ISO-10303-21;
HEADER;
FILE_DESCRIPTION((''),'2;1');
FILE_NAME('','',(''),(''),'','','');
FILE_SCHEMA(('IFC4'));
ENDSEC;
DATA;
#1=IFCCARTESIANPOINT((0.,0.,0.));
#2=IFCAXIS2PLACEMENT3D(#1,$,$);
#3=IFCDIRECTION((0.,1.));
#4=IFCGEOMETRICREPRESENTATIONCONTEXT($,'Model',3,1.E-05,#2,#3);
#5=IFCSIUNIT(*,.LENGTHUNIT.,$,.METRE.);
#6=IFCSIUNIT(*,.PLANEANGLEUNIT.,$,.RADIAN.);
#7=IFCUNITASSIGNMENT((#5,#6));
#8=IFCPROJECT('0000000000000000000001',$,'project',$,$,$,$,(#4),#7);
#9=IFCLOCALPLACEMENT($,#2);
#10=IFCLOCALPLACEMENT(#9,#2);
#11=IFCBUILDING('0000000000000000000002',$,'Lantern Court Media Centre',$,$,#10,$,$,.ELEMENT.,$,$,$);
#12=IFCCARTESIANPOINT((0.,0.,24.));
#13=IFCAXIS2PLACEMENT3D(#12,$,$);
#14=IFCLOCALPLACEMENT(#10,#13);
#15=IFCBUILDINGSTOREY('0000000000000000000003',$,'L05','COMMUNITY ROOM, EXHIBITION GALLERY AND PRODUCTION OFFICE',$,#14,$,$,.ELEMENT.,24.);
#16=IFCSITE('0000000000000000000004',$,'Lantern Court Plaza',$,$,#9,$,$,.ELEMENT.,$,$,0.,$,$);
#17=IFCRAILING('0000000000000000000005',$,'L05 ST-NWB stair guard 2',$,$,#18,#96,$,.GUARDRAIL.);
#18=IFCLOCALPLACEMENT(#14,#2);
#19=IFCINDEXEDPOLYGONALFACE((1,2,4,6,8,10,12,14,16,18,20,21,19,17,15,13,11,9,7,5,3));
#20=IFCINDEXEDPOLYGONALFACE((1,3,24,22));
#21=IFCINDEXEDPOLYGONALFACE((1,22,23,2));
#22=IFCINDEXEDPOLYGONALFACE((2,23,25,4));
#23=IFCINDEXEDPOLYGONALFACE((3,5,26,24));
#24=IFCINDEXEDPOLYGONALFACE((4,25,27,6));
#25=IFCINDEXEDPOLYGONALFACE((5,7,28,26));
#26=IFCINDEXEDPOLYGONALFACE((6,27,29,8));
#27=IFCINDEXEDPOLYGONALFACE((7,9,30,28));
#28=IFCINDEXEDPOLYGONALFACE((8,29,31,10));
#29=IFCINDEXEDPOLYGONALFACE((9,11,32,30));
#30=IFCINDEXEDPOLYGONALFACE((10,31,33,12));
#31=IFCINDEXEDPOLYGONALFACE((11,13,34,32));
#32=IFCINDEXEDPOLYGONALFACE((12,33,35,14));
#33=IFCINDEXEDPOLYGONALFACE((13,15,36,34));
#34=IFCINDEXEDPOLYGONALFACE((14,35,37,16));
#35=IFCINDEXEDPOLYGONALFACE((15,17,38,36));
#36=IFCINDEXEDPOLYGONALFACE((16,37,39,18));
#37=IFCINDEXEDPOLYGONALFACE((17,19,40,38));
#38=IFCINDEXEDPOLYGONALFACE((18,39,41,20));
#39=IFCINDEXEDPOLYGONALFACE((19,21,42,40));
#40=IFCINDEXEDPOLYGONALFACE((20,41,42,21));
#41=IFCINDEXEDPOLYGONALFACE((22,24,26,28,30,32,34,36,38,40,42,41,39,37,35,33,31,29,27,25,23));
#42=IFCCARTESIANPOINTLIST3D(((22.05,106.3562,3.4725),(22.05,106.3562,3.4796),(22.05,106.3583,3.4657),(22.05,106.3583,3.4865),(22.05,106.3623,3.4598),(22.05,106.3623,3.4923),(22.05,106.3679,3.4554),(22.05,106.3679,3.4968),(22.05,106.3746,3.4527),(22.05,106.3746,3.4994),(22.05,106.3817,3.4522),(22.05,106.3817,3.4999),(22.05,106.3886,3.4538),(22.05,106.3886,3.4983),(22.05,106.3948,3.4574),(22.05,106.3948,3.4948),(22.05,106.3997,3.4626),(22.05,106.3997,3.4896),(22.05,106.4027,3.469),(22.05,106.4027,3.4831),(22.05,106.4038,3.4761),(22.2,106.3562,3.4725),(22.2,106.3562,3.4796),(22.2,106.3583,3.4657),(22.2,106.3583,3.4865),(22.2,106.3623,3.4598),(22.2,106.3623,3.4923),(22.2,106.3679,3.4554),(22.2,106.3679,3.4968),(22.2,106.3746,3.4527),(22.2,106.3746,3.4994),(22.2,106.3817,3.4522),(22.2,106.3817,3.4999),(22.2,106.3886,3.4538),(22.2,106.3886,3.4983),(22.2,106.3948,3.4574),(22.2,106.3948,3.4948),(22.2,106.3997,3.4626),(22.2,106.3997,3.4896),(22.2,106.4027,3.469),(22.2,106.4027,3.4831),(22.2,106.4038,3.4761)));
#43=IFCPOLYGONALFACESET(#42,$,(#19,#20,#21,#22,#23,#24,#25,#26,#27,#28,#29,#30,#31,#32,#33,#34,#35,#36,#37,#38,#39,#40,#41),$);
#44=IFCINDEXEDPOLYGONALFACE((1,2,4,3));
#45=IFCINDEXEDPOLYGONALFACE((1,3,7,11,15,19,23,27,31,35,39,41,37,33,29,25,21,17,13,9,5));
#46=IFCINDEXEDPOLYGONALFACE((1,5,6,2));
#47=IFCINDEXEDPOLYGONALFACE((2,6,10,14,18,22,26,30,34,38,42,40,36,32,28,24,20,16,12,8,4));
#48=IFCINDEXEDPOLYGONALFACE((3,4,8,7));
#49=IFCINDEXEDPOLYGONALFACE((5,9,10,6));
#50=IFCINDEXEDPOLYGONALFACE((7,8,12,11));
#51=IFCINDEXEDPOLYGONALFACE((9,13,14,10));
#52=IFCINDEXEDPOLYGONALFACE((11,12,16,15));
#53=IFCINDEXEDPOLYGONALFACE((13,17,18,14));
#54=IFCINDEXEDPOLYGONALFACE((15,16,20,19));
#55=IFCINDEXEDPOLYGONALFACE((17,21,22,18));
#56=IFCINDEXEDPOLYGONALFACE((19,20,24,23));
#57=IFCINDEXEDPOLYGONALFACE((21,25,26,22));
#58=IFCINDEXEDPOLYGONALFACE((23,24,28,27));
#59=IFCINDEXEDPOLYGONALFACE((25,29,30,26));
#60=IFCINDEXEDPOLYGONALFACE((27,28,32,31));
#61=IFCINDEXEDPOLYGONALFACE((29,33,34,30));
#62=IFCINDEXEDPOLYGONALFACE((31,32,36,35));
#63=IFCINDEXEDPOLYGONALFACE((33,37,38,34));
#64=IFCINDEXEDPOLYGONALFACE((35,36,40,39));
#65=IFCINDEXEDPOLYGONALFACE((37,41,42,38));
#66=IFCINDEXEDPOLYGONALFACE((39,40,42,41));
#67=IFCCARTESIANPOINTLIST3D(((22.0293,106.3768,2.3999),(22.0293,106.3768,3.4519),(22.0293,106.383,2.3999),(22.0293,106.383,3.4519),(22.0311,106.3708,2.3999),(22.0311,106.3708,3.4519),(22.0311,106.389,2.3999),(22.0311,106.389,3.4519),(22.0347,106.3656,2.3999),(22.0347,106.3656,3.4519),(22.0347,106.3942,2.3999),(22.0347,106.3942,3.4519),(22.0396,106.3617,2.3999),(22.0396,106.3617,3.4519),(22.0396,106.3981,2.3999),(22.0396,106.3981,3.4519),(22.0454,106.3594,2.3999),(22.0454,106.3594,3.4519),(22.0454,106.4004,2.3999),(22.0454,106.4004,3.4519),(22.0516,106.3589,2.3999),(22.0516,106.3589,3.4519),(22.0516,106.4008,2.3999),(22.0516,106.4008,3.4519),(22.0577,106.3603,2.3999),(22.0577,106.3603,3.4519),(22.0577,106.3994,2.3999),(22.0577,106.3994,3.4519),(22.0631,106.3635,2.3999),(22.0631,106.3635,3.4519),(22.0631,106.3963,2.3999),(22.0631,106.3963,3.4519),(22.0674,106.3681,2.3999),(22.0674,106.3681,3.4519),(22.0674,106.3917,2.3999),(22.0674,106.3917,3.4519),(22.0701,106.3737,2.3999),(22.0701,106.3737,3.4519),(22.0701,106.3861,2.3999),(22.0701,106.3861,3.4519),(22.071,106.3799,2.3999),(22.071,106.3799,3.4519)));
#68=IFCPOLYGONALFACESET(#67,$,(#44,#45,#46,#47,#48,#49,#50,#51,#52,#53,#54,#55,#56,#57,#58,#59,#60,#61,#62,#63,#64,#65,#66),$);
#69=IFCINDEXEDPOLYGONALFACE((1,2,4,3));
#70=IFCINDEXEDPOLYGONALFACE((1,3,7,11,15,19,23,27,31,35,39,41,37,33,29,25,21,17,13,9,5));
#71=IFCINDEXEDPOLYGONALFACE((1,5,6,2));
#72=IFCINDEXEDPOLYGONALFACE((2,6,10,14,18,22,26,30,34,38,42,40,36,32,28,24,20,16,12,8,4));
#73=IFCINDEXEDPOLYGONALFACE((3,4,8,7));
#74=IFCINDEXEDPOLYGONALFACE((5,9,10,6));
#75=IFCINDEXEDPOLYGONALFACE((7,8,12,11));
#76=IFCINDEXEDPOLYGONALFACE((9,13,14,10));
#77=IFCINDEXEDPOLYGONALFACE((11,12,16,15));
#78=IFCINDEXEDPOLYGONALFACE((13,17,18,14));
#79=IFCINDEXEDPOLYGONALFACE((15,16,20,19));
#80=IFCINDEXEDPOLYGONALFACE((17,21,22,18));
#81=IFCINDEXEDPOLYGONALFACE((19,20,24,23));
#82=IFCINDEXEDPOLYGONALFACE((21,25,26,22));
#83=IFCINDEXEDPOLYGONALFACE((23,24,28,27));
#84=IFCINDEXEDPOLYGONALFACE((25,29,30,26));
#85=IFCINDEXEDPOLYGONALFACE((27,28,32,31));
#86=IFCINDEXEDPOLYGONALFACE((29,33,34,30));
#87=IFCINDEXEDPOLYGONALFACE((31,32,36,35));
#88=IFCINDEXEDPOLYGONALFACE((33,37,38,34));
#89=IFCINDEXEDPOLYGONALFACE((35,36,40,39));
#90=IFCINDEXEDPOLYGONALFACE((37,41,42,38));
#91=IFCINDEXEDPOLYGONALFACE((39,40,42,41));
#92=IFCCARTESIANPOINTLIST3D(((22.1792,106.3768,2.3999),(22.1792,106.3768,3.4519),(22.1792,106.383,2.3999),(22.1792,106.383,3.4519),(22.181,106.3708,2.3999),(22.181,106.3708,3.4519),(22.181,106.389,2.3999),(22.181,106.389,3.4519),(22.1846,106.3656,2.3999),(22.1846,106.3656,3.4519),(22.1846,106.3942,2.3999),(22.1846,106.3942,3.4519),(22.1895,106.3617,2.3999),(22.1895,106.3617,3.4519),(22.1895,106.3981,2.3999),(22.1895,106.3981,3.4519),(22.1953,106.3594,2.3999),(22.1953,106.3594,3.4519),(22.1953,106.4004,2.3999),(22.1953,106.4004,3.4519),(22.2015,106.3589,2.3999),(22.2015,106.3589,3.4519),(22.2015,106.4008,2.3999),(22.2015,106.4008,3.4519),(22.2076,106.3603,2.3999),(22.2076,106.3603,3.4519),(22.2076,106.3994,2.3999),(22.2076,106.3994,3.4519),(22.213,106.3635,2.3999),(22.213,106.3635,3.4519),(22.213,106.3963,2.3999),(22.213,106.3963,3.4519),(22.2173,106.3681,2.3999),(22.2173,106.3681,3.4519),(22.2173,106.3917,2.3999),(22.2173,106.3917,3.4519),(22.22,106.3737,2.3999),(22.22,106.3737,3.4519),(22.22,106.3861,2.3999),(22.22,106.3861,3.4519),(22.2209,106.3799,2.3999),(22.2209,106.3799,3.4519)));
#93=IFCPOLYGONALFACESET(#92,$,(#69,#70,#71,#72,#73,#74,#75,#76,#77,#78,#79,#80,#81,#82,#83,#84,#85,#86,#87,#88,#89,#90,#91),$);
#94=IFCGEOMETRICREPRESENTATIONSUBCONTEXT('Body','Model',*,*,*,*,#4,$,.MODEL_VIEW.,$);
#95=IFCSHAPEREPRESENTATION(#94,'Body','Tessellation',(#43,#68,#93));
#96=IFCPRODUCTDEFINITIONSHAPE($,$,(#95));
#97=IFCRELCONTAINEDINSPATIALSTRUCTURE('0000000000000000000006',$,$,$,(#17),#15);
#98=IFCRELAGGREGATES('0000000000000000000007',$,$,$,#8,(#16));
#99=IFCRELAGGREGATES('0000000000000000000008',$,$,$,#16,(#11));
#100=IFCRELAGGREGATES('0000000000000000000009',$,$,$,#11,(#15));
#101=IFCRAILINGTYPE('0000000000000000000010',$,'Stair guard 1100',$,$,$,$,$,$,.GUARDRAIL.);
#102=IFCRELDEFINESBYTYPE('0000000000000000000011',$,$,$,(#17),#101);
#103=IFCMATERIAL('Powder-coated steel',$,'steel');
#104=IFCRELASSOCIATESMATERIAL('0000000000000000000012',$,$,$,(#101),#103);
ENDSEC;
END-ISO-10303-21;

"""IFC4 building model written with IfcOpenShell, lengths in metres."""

from ifc_helpers import new_model, si_unit, direction, frame, origin, origin_2d, place, context, subcontext, project, spatial, circle, extrude, material, type_object, element, save


model = new_model("IFC4")

# Units and contexts
model_context = context("Model", 3, precision=1e-05, world=origin(), true_north=direction((0.0, 1.0)))
body_context = subcontext(model_context, "Body", "Model", "MODEL_VIEW")
ifc_project = project(units=[si_unit("LENGTHUNIT", "METRE"), si_unit("PLANEANGLEUNIT", "RADIAN")], contexts=[model_context])

# Site, building, storey
site_placement = place(None, origin())
site = spatial("IfcSite", under=ifc_project, at=site_placement, Name="Lantern Court Plaza", CompositionType="ELEMENT", RefElevation=0.0)
building_placement = place(site_placement, origin())
building = spatial("IfcBuilding", under=site, at=building_placement, Name="Lantern Court Media Centre", CompositionType="ELEMENT")
storey_placement = place(building_placement, frame((0.0, 0.0, 24.0)))
storey = spatial("IfcBuildingStorey", under=building, at=storey_placement, Name="L05", Description="COMMUNITY ROOM, EXHIBITION GALLERY AND PRODUCTION OFFICE", CompositionType="ELEMENT", Elevation=24.0)

# Shared definitions
ifc_material_1 = material(Name="Powder-coated steel", Category="steel")

# Railing
railing_type_1 = type_object("IfcRailingType", Name="Stair guard 1100", PredefinedType="GUARDRAIL", material=ifc_material_1)
railing_1_placement = place(storey_placement, frame((22.05, 106.3799, 2.3999)))
element("IfcRailing", 1, at=railing_1_placement, inside=storey, type_object=railing_type_1, Name="L05 ST-NWB stair guard 2", PredefinedType="GUARDRAIL", context=body_context, shape_type="SweptSolid", body=[
    extrude(circle(Radius=0.0239, at=origin_2d()), frame((0.0, 0.0, 1.0762), z_axis=(1.0, 0.0, 0.0), x_axis=(0.0, 1.0, 0.0)), (0.0, 0.0, 1.0), 0.1499),
    extrude(circle(Radius=0.021, at=origin_2d()), origin(), (0.0, 0.0, 1.0), 1.052),
    extrude(circle(Radius=0.021, at=origin_2d()), frame((0.1499, 0.0, 0.0)), (0.0, 0.0, 1.0), 1.052),
])

save(model, "model.ifc")
